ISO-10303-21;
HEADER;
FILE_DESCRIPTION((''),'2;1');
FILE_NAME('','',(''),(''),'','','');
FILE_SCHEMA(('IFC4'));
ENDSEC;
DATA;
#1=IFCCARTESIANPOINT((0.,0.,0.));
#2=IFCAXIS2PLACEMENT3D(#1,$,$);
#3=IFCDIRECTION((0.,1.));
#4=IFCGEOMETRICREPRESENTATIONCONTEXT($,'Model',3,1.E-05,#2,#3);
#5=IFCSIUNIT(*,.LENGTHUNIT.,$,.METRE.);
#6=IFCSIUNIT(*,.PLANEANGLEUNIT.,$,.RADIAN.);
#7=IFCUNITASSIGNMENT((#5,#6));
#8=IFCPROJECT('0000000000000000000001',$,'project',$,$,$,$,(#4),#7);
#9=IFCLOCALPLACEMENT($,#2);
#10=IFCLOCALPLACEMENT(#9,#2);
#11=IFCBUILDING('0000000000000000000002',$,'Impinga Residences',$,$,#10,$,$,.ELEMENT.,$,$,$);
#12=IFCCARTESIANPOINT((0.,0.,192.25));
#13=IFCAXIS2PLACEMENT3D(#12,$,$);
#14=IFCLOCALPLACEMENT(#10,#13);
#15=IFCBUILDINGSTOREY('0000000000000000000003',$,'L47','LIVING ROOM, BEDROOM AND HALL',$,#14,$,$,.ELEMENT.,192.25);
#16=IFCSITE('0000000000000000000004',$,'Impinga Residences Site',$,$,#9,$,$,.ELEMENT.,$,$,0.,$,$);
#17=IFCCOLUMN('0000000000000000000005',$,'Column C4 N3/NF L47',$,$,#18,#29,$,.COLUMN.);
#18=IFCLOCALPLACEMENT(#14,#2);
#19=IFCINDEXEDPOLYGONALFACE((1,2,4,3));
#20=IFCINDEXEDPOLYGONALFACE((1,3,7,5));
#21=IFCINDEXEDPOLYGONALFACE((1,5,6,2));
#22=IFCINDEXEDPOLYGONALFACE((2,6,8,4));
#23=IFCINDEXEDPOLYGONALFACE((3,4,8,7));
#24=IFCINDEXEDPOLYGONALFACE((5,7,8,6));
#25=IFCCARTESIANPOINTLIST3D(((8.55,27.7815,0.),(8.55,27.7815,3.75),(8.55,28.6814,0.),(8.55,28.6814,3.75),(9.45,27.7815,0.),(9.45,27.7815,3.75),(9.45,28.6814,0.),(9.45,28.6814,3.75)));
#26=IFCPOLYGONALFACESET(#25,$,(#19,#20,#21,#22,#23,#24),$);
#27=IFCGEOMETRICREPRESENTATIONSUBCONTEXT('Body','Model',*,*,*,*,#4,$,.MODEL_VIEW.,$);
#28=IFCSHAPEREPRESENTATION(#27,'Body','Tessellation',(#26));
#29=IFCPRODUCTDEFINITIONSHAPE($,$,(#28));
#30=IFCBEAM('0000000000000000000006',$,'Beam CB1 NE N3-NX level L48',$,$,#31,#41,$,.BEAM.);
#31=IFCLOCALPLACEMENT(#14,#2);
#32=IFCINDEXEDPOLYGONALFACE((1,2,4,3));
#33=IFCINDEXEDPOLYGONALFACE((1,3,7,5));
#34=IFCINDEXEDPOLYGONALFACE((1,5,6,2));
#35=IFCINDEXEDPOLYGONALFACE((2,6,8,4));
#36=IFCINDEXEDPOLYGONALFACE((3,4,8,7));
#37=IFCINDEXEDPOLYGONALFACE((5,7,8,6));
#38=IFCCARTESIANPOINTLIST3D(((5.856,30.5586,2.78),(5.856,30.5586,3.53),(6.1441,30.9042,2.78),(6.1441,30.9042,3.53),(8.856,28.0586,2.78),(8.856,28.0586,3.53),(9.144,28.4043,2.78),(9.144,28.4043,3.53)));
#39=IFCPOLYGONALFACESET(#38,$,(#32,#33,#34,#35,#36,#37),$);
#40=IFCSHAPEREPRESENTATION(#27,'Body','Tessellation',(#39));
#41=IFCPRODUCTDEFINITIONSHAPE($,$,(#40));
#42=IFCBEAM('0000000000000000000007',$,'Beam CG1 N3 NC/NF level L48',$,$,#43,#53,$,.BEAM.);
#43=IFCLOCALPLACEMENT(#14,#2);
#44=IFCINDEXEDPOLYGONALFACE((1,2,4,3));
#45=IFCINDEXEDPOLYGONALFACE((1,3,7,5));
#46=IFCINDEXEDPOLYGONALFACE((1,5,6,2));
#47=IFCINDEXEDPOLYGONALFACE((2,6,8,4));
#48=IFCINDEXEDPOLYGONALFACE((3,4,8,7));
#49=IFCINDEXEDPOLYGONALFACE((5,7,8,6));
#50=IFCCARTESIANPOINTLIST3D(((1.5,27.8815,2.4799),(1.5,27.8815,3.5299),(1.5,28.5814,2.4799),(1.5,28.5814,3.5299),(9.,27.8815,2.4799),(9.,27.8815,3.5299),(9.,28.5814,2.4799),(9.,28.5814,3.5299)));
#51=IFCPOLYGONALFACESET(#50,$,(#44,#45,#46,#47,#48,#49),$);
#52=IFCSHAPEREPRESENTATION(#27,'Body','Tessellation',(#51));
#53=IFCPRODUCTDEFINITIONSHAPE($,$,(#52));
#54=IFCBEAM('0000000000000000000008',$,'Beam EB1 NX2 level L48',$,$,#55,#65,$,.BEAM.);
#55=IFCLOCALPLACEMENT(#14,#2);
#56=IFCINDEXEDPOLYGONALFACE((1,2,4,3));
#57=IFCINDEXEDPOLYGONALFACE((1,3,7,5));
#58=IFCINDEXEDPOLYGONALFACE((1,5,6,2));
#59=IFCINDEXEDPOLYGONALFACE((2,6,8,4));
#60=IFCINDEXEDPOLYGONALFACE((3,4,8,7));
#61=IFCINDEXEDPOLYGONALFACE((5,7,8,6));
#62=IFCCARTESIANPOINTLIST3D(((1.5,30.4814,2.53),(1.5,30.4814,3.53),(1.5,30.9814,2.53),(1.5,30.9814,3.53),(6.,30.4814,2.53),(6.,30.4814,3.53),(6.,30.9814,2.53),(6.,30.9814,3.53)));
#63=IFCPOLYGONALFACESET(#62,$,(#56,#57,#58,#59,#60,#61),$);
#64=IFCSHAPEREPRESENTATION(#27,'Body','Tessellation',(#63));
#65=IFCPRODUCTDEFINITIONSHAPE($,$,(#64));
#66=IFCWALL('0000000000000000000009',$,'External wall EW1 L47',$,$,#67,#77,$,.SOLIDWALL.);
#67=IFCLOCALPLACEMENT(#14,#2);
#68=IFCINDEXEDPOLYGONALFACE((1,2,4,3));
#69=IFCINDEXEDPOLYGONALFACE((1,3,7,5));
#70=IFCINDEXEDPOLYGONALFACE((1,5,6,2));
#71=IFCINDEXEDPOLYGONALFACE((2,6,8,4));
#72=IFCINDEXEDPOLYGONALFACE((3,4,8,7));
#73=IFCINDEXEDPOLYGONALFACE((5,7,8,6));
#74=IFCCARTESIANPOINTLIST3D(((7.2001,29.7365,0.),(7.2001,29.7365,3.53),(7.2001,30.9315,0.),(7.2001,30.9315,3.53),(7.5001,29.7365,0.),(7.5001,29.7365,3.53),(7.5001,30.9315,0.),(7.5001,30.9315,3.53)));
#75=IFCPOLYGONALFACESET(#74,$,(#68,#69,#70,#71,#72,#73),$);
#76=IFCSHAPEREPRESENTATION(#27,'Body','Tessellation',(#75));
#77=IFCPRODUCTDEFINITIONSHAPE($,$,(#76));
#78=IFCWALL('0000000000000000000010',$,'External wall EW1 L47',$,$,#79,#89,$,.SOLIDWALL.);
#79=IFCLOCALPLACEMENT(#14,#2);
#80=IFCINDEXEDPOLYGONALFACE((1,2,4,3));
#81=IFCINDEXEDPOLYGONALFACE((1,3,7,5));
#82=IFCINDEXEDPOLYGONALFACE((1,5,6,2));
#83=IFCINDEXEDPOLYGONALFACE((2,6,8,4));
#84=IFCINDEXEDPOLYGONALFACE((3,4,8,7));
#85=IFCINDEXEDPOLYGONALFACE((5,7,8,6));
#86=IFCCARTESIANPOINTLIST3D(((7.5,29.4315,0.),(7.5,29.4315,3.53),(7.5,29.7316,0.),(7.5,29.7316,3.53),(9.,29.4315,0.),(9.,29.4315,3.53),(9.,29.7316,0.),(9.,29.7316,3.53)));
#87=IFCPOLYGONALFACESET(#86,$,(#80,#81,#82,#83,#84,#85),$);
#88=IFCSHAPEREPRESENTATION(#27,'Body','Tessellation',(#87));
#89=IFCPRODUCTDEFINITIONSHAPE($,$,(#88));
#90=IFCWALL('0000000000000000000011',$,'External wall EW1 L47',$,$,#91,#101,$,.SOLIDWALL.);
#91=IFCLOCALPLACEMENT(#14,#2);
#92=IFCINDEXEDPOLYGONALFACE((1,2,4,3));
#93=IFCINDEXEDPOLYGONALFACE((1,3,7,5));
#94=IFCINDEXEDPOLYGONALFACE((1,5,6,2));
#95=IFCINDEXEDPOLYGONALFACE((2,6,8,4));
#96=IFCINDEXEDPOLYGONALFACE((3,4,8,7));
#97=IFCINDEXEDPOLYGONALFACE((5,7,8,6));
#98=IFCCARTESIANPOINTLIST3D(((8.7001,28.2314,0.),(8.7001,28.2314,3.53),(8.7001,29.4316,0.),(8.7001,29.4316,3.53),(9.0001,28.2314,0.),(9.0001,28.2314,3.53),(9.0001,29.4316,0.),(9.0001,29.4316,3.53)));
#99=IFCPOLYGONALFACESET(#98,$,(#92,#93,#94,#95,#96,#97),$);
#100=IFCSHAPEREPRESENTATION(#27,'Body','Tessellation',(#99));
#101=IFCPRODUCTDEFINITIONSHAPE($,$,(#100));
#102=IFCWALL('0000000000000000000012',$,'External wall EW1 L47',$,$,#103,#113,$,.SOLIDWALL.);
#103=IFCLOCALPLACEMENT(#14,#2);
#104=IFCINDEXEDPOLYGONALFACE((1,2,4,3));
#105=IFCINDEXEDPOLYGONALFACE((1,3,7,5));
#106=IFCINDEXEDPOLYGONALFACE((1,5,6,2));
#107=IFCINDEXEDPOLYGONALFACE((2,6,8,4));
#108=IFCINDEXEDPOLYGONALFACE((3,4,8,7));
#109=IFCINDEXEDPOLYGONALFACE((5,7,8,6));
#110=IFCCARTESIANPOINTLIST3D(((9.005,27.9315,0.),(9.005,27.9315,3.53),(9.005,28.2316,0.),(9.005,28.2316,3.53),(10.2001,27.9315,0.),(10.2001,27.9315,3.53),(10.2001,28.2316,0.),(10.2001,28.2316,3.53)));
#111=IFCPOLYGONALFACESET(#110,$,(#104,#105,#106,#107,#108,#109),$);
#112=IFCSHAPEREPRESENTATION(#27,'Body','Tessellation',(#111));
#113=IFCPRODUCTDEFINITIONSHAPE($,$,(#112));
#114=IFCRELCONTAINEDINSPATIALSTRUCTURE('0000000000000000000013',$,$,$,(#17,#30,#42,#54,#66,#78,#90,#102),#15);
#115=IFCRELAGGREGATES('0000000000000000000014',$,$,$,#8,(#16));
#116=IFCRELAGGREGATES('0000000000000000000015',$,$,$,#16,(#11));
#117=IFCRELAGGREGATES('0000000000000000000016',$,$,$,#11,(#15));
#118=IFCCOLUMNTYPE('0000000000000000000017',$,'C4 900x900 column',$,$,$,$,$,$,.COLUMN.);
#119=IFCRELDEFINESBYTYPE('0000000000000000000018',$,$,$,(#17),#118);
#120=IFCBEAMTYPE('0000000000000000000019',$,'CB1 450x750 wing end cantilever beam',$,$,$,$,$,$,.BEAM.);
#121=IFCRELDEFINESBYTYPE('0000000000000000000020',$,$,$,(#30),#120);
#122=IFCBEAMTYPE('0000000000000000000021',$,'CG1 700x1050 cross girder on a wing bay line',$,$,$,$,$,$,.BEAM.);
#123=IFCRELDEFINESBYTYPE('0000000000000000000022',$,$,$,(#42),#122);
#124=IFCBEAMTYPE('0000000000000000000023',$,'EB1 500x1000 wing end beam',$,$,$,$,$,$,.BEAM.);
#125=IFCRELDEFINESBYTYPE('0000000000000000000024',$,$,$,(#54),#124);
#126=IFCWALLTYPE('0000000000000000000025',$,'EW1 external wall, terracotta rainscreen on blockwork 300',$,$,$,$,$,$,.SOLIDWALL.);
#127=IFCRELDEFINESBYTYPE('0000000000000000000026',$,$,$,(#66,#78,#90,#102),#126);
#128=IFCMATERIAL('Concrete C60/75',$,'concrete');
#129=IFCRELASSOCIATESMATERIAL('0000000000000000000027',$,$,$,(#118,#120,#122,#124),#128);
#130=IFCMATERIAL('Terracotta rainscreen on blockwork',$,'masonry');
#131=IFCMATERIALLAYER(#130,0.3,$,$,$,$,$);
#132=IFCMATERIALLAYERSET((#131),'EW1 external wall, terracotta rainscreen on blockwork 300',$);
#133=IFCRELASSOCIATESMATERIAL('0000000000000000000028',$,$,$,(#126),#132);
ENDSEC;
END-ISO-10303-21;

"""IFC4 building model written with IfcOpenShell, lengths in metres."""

from ifc_helpers import new_model, si_unit, direction, frame, frame_2d, origin, origin_2d, place, context, subcontext, project, spatial, rectangle, extrude, material, layer, layer_set, material_profile, profile_set, type_object, element, save


model = new_model("IFC4")

# Units and contexts
model_context = context("Model", 3, precision=1e-05, world=origin(), true_north=direction((0.0, 1.0)))
body_context = subcontext(model_context, "Body", "Model", "MODEL_VIEW")
ifc_project = project(units=[si_unit("LENGTHUNIT", "METRE"), si_unit("PLANEANGLEUNIT", "RADIAN")], contexts=[model_context])

# Site, building, storey
site_placement = place(None, origin())
site = spatial("IfcSite", under=ifc_project, at=site_placement, Name="Impinga Residences Site", CompositionType="ELEMENT", RefElevation=0.0)
building_placement = place(site_placement, origin())
building = spatial("IfcBuilding", under=site, at=building_placement, Name="Impinga Residences", CompositionType="ELEMENT")
storey_placement = place(building_placement, frame((0.0, 0.0, 192.25)))
storey = spatial("IfcBuildingStorey", under=building, at=storey_placement, Name="L47", Description="LIVING ROOM, BEDROOM AND HALL", CompositionType="ELEMENT", Elevation=192.25)

# Column
ifc_material_1 = material(Name="Concrete C60/75", Category="concrete")
ifc_material_profile_1 = material_profile(ifc_material_1, rectangle(XDim=0.8999, YDim=0.8999, at=origin_2d()), Name="RC 900x900")
ifc_profile_set_1 = profile_set([ifc_material_profile_1], Name="Concrete C60/75")
column_type = type_object("IfcColumnType", Name="C4 900x900 column", PredefinedType="COLUMN", material=ifc_profile_set_1)
column_placement = place(storey_placement, frame((9.0, 28.2314, 0.0), z_axis=(0.0, 0.0, 1.0), x_axis=(1.0, 0.0, 0.0)))
element("IfcColumn", 1, at=column_placement, inside=storey, type_object=column_type, Name="Column C4 N3/NF L47", PredefinedType="COLUMN", context=body_context, shape_type="SweptSolid", body=[
    extrude(rectangle(XDim=0.8999, YDim=0.8999, at=origin_2d()), origin(), (0.0, 0.0, 1.0), 3.75),
])

# Beams
ifc_material_profile_2 = material_profile(ifc_material_1, rectangle(XDim=0.45, YDim=0.75, at=origin_2d()), Name="RC 450x750")
ifc_profile_set_2 = profile_set([ifc_material_profile_2], Name="Concrete C60/75")
beam_type_1 = type_object("IfcBeamType", Name="CB1 450x750 wing end cantilever beam", PredefinedType="BEAM", material=ifc_profile_set_2)
beam_1_placement = place(storey_placement, frame((9.0, 28.2314, 3.155), z_axis=(-0.768221, 0.640184, 0.0), x_axis=(-0.640184, -0.768221, 0.0)))
element("IfcBeam", 2, at=beam_1_placement, inside=storey, type_object=beam_type_1, Name="Beam CB1 NE N3-NX level L48", PredefinedType="BEAM", context=body_context, shape_type="SweptSolid", body=[
    extrude(rectangle(XDim=0.45, YDim=0.75, at=origin_2d()), origin(), (0.0, 0.0, 1.0), 3.905),
])
ifc_material_profile_3 = material_profile(ifc_material_1, rectangle(XDim=0.7, YDim=1.05, at=origin_2d()), Name="RC 700x1050")
ifc_profile_set_3 = profile_set([ifc_material_profile_3], Name="Concrete C60/75")
beam_type_2 = type_object("IfcBeamType", Name="CG1 700x1050 cross girder on a wing bay line", PredefinedType="BEAM", material=ifc_profile_set_3)
beam_2_placement = place(storey_placement, frame((1.5, 28.2314, 3.0049), z_axis=(1.0, 0.0, 0.0), x_axis=(0.0, 1.0, 0.0)))
element("IfcBeam", 3, at=beam_2_placement, inside=storey, type_object=beam_type_2, Name="Beam CG1 N3 NC/NF level L48", PredefinedType="BEAM", context=body_context, shape_type="SweptSolid", body=[
    extrude(rectangle(XDim=0.7, YDim=1.05, at=origin_2d()), origin(), (0.0, 0.0, 1.0), 7.5),
])
ifc_material_profile_4 = material_profile(ifc_material_1, rectangle(XDim=0.5, YDim=1.0, at=origin_2d()), Name="RC 500x1000")
ifc_profile_set_4 = profile_set([ifc_material_profile_4], Name="Concrete C60/75")
beam_type_3 = type_object("IfcBeamType", Name="EB1 500x1000 wing end beam", PredefinedType="BEAM", material=ifc_profile_set_4)
beam_3_placement = place(storey_placement, frame((1.5, 30.7314, 3.03), z_axis=(1.0, 0.0, 0.0), x_axis=(0.0, 1.0, 0.0)))
element("IfcBeam", 4, at=beam_3_placement, inside=storey, type_object=beam_type_3, Name="Beam EB1 NX2 level L48", PredefinedType="BEAM", context=body_context, shape_type="SweptSolid", body=[
    extrude(rectangle(XDim=0.5, YDim=1.0, at=origin_2d()), origin(), (0.0, 0.0, 1.0), 4.5),
])

# Walls
ifc_material_2 = material(Name="Terracotta rainscreen on blockwork", Category="masonry")
ifc_layer_1 = layer(ifc_material_2, 0.3)
ifc_layer_set_1 = layer_set([ifc_layer_1], Name="EW1 external wall, terracotta rainscreen on blockwork 300")
wall_type_1 = type_object("IfcWallType", Name="EW1 external wall, terracotta rainscreen on blockwork 300", PredefinedType="SOLIDWALL", material=ifc_layer_set_1)
wall_1_placement = place(storey_placement, frame((7.3501, 30.9316, 0.0), z_axis=(0.0, 0.0, 1.0), x_axis=(0.0, -1.0, 0.0)))
element("IfcWall", 5, at=wall_1_placement, inside=storey, type_object=wall_type_1, Name="External wall EW1 L47", PredefinedType="SOLIDWALL", context=body_context, shape_type="SweptSolid", body=[
    extrude(rectangle(XDim=1.1951, YDim=0.3, at=frame_2d((0.5977, 0.0))), origin(), (0.0, 0.0, 1.0), 3.53),
])
wall_2_placement = place(storey_placement, frame((7.5, 29.5815, 0.0), z_axis=(0.0, 0.0, 1.0), x_axis=(1.0, 0.0, 0.0)))
element("IfcWall", 6, at=wall_2_placement, inside=storey, type_object=wall_type_1, Name="External wall EW1 L47", PredefinedType="SOLIDWALL", context=body_context, shape_type="SweptSolid", body=[
    extrude(rectangle(XDim=1.5, YDim=0.3, at=frame_2d((0.75, 0.0))), origin(), (0.0, 0.0, 1.0), 3.53),
])
wall_3_placement = place(storey_placement, frame((8.8501, 29.4316, 0.0), z_axis=(0.0, 0.0, 1.0), x_axis=(0.0, -1.0, 0.0)))
element("IfcWall", 7, at=wall_3_placement, inside=storey, type_object=wall_type_1, Name="External wall EW1 L47", PredefinedType="SOLIDWALL", context=body_context, shape_type="SweptSolid", body=[
    extrude(rectangle(XDim=1.2002, YDim=0.3, at=frame_2d((0.6001, 0.0))), origin(), (0.0, 0.0, 1.0), 3.53),
])
wall_4_placement = place(storey_placement, frame((9.0049, 28.0815, 0.0), z_axis=(0.0, 0.0, 1.0), x_axis=(1.0, 0.0, 0.0)))
element("IfcWall", 8, at=wall_4_placement, inside=storey, type_object=wall_type_1, Name="External wall EW1 L47", PredefinedType="SOLIDWALL", context=body_context, shape_type="SweptSolid", body=[
    extrude(rectangle(XDim=1.1951, YDim=0.3, at=frame_2d((0.5977, 0.0))), origin(), (0.0, 0.0, 1.0), 3.53),
])

save(model, "model.ifc")
